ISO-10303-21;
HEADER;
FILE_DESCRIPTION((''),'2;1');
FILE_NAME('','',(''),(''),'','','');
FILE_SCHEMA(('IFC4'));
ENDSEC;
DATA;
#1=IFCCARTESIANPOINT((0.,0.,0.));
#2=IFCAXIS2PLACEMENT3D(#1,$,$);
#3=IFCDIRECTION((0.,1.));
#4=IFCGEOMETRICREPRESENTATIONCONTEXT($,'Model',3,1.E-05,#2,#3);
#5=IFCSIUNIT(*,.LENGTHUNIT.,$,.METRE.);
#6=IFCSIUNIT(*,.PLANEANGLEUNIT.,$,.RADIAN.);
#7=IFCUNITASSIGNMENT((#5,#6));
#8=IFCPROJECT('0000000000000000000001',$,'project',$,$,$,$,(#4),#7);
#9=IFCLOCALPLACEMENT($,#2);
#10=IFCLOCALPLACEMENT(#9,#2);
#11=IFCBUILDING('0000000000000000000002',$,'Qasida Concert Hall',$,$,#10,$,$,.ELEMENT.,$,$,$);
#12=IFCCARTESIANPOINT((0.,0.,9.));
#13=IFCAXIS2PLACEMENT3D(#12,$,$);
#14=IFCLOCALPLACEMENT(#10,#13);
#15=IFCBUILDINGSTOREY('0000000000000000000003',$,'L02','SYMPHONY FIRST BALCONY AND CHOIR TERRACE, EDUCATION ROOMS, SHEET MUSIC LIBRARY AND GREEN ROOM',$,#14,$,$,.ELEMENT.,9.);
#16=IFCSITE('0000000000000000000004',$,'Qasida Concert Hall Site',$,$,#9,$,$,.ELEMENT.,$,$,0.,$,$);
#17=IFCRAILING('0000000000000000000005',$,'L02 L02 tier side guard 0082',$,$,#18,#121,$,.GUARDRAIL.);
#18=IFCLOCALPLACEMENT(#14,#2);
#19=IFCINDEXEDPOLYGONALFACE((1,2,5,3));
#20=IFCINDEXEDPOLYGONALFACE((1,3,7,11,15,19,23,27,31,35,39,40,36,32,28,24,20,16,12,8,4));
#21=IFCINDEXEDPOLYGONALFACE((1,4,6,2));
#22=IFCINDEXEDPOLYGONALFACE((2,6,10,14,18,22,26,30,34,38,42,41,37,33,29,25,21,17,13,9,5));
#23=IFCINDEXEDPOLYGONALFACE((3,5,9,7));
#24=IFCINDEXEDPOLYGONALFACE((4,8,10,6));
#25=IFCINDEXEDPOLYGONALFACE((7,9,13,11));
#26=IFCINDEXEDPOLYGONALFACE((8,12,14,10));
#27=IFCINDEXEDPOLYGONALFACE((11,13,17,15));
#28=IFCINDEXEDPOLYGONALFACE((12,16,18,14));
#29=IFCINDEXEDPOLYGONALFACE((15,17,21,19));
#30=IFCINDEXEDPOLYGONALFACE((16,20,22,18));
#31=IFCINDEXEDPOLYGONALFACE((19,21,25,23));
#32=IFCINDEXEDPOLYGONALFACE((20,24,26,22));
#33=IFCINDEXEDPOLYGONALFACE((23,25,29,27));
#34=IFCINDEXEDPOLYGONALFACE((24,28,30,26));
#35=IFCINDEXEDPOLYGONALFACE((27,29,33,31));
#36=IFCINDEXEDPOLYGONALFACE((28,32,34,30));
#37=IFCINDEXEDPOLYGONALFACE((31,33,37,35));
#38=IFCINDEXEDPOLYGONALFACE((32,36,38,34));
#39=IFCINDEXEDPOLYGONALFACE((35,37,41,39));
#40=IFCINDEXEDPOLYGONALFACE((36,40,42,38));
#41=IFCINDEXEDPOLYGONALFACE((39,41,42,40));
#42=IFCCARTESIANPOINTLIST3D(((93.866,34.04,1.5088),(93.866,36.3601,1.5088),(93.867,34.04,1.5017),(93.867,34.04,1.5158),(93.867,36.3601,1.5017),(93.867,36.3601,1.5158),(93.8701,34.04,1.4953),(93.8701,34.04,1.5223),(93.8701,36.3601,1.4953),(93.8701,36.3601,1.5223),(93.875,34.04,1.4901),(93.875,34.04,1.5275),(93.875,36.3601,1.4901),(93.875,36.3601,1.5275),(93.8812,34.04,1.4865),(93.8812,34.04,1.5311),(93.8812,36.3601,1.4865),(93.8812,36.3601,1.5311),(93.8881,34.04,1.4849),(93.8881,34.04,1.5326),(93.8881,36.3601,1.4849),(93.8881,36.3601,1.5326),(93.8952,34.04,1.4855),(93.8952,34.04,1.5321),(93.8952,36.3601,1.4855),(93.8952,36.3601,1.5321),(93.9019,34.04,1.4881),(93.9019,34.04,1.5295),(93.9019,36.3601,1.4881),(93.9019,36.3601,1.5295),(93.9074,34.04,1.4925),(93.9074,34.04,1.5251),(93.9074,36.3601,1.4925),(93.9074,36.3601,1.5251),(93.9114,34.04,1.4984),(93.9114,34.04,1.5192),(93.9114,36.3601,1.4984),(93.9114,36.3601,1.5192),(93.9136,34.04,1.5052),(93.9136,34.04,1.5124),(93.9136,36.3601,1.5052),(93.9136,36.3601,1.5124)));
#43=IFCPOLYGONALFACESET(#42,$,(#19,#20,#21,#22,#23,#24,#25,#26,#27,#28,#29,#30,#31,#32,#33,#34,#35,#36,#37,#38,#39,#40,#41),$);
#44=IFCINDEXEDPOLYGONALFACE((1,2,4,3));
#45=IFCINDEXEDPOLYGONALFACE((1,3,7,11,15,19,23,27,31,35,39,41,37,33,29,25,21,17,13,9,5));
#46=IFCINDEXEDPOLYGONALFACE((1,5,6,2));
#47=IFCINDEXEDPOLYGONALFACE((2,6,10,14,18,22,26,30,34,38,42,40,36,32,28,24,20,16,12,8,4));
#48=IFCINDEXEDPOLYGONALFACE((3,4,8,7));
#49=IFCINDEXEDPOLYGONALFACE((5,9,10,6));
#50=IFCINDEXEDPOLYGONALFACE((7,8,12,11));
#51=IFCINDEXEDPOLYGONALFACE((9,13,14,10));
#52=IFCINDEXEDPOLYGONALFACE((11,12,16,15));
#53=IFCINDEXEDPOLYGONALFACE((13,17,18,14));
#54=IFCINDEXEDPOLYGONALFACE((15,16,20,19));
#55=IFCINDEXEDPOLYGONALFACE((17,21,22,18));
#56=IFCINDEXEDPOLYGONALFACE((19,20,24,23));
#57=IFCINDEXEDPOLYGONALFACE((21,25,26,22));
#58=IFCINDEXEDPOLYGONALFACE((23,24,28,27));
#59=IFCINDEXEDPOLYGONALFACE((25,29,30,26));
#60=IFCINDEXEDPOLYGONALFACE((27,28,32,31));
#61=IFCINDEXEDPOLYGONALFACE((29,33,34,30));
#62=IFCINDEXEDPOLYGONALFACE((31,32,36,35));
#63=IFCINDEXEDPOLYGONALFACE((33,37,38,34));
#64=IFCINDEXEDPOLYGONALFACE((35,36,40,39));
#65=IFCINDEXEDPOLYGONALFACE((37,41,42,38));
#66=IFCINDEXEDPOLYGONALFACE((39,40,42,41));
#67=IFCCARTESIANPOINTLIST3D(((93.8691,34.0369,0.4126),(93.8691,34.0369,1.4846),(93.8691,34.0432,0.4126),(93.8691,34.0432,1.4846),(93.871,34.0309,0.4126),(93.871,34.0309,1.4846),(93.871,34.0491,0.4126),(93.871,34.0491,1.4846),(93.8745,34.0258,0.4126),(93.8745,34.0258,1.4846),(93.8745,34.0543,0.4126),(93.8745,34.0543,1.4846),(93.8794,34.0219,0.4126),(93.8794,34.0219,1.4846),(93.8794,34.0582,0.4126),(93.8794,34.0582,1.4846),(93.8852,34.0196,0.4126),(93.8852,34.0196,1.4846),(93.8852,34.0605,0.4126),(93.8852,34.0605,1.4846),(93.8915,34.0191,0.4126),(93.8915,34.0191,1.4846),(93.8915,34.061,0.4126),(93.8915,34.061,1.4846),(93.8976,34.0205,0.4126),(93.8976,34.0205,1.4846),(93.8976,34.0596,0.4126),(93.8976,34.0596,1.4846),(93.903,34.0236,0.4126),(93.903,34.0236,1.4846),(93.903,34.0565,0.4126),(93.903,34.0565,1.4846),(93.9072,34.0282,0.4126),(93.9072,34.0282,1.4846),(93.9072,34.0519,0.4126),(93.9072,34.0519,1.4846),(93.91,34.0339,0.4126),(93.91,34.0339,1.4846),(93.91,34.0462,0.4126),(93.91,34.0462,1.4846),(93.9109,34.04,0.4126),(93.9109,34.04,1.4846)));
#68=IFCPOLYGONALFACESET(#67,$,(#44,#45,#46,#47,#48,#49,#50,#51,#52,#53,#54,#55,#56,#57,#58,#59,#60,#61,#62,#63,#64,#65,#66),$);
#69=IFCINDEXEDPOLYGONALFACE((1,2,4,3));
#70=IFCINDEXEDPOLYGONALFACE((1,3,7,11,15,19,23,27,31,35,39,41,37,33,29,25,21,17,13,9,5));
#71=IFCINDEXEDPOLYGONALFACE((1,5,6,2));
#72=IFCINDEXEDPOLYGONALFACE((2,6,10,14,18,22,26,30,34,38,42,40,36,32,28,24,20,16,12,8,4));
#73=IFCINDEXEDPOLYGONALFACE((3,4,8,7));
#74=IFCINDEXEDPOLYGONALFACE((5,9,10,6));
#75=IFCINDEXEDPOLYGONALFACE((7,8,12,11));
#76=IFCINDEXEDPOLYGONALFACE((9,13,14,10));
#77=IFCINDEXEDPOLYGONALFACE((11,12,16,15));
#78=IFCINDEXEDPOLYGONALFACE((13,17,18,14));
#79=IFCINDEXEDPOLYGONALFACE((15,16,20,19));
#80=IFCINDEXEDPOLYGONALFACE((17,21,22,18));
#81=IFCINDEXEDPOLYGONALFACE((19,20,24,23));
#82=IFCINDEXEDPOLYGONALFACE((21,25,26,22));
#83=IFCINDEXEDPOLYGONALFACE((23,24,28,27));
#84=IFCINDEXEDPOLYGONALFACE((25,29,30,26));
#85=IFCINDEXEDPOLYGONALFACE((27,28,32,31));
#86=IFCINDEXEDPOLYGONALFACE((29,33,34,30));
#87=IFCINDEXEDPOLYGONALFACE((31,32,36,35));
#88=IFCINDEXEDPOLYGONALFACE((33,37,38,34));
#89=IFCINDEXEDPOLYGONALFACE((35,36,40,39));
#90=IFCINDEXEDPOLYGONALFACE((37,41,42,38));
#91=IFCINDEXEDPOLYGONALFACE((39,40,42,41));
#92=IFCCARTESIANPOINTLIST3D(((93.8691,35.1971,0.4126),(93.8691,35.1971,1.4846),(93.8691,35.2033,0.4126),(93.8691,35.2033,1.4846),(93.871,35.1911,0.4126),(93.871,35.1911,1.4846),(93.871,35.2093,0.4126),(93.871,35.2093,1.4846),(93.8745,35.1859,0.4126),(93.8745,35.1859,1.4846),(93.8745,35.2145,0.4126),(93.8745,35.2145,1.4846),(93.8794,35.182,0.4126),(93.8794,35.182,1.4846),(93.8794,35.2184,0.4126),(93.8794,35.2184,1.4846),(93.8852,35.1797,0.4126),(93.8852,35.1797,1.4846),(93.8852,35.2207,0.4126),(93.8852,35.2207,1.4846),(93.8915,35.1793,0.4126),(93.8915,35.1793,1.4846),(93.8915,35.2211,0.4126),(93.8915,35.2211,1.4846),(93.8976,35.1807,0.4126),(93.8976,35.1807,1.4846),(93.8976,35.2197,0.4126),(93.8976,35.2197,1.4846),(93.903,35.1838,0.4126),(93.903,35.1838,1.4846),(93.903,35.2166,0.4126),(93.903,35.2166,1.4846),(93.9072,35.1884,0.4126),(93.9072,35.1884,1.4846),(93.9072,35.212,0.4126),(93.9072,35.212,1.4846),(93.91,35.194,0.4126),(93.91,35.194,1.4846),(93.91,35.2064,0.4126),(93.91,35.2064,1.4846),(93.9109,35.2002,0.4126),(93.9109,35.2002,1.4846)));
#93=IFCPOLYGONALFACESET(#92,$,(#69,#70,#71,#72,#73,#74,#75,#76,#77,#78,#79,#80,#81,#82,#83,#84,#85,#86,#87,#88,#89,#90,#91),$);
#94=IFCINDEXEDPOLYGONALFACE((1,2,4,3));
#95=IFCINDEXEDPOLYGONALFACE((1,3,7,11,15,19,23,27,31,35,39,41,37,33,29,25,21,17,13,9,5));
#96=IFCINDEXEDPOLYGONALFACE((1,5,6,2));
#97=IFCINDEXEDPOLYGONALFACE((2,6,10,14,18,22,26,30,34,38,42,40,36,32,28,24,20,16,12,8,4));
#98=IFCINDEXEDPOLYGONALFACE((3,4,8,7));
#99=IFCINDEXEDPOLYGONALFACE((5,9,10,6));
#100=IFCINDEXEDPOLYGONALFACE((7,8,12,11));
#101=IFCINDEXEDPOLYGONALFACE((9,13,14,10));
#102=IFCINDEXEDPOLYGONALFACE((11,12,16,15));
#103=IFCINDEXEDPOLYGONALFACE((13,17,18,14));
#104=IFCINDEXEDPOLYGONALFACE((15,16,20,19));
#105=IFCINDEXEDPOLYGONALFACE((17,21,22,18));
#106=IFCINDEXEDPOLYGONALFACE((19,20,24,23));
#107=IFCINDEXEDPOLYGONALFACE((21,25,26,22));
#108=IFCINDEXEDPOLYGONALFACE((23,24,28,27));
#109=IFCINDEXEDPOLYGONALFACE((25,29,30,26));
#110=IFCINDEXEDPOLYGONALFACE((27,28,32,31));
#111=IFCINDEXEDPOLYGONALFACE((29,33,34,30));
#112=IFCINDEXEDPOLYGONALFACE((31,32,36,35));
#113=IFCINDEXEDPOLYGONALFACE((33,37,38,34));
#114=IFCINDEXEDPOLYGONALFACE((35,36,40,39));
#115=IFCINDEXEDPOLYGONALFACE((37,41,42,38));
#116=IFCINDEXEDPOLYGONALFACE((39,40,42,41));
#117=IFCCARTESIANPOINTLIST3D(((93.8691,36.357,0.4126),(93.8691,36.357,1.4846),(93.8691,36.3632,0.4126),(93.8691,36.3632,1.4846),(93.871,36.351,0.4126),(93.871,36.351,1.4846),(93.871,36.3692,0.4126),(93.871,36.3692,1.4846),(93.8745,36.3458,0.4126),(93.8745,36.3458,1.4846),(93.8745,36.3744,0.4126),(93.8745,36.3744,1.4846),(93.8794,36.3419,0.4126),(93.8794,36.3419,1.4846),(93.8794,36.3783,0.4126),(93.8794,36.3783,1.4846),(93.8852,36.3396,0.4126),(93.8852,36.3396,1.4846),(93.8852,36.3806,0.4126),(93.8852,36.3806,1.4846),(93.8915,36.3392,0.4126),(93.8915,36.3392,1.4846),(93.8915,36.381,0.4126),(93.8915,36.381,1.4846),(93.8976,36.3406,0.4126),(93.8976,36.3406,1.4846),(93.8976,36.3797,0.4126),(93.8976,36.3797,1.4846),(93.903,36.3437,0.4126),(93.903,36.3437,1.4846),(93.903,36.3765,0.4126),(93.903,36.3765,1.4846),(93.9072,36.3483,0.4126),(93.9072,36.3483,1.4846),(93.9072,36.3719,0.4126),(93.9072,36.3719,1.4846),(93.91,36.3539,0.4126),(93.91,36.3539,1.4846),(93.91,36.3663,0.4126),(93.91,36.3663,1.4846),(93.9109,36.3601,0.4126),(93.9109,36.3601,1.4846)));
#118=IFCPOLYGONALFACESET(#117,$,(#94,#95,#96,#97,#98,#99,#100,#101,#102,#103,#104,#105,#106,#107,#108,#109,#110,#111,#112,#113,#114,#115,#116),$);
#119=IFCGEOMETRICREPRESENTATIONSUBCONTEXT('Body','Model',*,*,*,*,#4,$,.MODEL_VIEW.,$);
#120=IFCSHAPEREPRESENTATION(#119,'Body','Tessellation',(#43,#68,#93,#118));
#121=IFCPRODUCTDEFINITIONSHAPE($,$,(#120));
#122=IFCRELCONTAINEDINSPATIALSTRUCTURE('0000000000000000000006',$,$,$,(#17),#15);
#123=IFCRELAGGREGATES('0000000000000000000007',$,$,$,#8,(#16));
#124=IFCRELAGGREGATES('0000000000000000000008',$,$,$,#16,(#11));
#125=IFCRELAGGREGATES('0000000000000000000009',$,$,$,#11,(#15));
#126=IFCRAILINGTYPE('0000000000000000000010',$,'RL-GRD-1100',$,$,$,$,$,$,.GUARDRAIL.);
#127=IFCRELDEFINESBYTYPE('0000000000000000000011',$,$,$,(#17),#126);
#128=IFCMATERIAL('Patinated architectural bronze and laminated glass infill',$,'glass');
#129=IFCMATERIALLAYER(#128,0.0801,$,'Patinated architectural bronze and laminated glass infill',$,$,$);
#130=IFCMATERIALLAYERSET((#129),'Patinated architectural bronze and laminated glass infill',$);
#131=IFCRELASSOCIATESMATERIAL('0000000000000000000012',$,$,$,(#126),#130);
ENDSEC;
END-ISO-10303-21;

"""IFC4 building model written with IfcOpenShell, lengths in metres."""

from ifc_helpers import new_model, si_unit, direction, frame, origin, origin_2d, place, context, subcontext, project, spatial, circle, extrude, material, layer, layer_set, type_object, element, save


model = new_model("IFC4")

# Units and contexts
model_context = context("Model", 3, precision=1e-05, world=origin(), true_north=direction((0.0, 1.0)))
body_context = subcontext(model_context, "Body", "Model", "MODEL_VIEW")
ifc_project = project(units=[si_unit("LENGTHUNIT", "METRE"), si_unit("PLANEANGLEUNIT", "RADIAN")], contexts=[model_context])

# Site, building, storey
site_placement = place(None, origin())
site = spatial("IfcSite", under=ifc_project, at=site_placement, Name="Qasida Concert Hall Site", CompositionType="ELEMENT", RefElevation=0.0)
building_placement = place(site_placement, origin())
building = spatial("IfcBuilding", under=site, at=building_placement, Name="Qasida Concert Hall", CompositionType="ELEMENT")
storey_placement = place(building_placement, frame((0.0, 0.0, 9.0)))
storey = spatial("IfcBuildingStorey", under=building, at=storey_placement, Name="L02", Description="SYMPHONY FIRST BALCONY AND CHOIR TERRACE, EDUCATION ROOMS, SHEET MUSIC LIBRARY AND GREEN ROOM", CompositionType="ELEMENT", Elevation=9.0)

# Railing
ifc_material_1 = material(Name="Patinated architectural bronze and laminated glass infill", Category="glass")
ifc_layer_1 = layer(ifc_material_1, 0.0801, Name="Patinated architectural bronze and laminated glass infill")
ifc_layer_set_1 = layer_set([ifc_layer_1], Name="Patinated architectural bronze and laminated glass infill")
railing_type_1 = type_object("IfcRailingType", Name="RL-GRD-1100", PredefinedType="GUARDRAIL", material=ifc_layer_set_1)
for number, where, name in (
    (1, (93.8899, 34.04, 0.4126), "L02 L02 tier side guard 0082"),
):
    element("IfcRailing", number, at=place(storey_placement, frame(where)), inside=storey, type_object=railing_type_1, Name=name, PredefinedType="GUARDRAIL", context=body_context, shape_type="SweptSolid", body=[
        extrude(circle(Radius=0.0239, at=origin_2d()), frame((0.0, 0.0, 1.0962), z_axis=(0.0, 1.0, 0.0), x_axis=(-1.0, 0.0, 0.0)), (0.0, 0.0, 1.0), 2.3201),
        extrude(circle(Radius=0.021, at=origin_2d()), origin(), (0.0, 0.0, 1.0), 1.072),
        extrude(circle(Radius=0.021, at=origin_2d()), frame((0.0, 1.1602, 0.0)), (0.0, 0.0, 1.0), 1.072),
        extrude(circle(Radius=0.021, at=origin_2d()), frame((0.0, 2.3201, 0.0)), (0.0, 0.0, 1.0), 1.072),
    ])

save(model, "model.ifc")
